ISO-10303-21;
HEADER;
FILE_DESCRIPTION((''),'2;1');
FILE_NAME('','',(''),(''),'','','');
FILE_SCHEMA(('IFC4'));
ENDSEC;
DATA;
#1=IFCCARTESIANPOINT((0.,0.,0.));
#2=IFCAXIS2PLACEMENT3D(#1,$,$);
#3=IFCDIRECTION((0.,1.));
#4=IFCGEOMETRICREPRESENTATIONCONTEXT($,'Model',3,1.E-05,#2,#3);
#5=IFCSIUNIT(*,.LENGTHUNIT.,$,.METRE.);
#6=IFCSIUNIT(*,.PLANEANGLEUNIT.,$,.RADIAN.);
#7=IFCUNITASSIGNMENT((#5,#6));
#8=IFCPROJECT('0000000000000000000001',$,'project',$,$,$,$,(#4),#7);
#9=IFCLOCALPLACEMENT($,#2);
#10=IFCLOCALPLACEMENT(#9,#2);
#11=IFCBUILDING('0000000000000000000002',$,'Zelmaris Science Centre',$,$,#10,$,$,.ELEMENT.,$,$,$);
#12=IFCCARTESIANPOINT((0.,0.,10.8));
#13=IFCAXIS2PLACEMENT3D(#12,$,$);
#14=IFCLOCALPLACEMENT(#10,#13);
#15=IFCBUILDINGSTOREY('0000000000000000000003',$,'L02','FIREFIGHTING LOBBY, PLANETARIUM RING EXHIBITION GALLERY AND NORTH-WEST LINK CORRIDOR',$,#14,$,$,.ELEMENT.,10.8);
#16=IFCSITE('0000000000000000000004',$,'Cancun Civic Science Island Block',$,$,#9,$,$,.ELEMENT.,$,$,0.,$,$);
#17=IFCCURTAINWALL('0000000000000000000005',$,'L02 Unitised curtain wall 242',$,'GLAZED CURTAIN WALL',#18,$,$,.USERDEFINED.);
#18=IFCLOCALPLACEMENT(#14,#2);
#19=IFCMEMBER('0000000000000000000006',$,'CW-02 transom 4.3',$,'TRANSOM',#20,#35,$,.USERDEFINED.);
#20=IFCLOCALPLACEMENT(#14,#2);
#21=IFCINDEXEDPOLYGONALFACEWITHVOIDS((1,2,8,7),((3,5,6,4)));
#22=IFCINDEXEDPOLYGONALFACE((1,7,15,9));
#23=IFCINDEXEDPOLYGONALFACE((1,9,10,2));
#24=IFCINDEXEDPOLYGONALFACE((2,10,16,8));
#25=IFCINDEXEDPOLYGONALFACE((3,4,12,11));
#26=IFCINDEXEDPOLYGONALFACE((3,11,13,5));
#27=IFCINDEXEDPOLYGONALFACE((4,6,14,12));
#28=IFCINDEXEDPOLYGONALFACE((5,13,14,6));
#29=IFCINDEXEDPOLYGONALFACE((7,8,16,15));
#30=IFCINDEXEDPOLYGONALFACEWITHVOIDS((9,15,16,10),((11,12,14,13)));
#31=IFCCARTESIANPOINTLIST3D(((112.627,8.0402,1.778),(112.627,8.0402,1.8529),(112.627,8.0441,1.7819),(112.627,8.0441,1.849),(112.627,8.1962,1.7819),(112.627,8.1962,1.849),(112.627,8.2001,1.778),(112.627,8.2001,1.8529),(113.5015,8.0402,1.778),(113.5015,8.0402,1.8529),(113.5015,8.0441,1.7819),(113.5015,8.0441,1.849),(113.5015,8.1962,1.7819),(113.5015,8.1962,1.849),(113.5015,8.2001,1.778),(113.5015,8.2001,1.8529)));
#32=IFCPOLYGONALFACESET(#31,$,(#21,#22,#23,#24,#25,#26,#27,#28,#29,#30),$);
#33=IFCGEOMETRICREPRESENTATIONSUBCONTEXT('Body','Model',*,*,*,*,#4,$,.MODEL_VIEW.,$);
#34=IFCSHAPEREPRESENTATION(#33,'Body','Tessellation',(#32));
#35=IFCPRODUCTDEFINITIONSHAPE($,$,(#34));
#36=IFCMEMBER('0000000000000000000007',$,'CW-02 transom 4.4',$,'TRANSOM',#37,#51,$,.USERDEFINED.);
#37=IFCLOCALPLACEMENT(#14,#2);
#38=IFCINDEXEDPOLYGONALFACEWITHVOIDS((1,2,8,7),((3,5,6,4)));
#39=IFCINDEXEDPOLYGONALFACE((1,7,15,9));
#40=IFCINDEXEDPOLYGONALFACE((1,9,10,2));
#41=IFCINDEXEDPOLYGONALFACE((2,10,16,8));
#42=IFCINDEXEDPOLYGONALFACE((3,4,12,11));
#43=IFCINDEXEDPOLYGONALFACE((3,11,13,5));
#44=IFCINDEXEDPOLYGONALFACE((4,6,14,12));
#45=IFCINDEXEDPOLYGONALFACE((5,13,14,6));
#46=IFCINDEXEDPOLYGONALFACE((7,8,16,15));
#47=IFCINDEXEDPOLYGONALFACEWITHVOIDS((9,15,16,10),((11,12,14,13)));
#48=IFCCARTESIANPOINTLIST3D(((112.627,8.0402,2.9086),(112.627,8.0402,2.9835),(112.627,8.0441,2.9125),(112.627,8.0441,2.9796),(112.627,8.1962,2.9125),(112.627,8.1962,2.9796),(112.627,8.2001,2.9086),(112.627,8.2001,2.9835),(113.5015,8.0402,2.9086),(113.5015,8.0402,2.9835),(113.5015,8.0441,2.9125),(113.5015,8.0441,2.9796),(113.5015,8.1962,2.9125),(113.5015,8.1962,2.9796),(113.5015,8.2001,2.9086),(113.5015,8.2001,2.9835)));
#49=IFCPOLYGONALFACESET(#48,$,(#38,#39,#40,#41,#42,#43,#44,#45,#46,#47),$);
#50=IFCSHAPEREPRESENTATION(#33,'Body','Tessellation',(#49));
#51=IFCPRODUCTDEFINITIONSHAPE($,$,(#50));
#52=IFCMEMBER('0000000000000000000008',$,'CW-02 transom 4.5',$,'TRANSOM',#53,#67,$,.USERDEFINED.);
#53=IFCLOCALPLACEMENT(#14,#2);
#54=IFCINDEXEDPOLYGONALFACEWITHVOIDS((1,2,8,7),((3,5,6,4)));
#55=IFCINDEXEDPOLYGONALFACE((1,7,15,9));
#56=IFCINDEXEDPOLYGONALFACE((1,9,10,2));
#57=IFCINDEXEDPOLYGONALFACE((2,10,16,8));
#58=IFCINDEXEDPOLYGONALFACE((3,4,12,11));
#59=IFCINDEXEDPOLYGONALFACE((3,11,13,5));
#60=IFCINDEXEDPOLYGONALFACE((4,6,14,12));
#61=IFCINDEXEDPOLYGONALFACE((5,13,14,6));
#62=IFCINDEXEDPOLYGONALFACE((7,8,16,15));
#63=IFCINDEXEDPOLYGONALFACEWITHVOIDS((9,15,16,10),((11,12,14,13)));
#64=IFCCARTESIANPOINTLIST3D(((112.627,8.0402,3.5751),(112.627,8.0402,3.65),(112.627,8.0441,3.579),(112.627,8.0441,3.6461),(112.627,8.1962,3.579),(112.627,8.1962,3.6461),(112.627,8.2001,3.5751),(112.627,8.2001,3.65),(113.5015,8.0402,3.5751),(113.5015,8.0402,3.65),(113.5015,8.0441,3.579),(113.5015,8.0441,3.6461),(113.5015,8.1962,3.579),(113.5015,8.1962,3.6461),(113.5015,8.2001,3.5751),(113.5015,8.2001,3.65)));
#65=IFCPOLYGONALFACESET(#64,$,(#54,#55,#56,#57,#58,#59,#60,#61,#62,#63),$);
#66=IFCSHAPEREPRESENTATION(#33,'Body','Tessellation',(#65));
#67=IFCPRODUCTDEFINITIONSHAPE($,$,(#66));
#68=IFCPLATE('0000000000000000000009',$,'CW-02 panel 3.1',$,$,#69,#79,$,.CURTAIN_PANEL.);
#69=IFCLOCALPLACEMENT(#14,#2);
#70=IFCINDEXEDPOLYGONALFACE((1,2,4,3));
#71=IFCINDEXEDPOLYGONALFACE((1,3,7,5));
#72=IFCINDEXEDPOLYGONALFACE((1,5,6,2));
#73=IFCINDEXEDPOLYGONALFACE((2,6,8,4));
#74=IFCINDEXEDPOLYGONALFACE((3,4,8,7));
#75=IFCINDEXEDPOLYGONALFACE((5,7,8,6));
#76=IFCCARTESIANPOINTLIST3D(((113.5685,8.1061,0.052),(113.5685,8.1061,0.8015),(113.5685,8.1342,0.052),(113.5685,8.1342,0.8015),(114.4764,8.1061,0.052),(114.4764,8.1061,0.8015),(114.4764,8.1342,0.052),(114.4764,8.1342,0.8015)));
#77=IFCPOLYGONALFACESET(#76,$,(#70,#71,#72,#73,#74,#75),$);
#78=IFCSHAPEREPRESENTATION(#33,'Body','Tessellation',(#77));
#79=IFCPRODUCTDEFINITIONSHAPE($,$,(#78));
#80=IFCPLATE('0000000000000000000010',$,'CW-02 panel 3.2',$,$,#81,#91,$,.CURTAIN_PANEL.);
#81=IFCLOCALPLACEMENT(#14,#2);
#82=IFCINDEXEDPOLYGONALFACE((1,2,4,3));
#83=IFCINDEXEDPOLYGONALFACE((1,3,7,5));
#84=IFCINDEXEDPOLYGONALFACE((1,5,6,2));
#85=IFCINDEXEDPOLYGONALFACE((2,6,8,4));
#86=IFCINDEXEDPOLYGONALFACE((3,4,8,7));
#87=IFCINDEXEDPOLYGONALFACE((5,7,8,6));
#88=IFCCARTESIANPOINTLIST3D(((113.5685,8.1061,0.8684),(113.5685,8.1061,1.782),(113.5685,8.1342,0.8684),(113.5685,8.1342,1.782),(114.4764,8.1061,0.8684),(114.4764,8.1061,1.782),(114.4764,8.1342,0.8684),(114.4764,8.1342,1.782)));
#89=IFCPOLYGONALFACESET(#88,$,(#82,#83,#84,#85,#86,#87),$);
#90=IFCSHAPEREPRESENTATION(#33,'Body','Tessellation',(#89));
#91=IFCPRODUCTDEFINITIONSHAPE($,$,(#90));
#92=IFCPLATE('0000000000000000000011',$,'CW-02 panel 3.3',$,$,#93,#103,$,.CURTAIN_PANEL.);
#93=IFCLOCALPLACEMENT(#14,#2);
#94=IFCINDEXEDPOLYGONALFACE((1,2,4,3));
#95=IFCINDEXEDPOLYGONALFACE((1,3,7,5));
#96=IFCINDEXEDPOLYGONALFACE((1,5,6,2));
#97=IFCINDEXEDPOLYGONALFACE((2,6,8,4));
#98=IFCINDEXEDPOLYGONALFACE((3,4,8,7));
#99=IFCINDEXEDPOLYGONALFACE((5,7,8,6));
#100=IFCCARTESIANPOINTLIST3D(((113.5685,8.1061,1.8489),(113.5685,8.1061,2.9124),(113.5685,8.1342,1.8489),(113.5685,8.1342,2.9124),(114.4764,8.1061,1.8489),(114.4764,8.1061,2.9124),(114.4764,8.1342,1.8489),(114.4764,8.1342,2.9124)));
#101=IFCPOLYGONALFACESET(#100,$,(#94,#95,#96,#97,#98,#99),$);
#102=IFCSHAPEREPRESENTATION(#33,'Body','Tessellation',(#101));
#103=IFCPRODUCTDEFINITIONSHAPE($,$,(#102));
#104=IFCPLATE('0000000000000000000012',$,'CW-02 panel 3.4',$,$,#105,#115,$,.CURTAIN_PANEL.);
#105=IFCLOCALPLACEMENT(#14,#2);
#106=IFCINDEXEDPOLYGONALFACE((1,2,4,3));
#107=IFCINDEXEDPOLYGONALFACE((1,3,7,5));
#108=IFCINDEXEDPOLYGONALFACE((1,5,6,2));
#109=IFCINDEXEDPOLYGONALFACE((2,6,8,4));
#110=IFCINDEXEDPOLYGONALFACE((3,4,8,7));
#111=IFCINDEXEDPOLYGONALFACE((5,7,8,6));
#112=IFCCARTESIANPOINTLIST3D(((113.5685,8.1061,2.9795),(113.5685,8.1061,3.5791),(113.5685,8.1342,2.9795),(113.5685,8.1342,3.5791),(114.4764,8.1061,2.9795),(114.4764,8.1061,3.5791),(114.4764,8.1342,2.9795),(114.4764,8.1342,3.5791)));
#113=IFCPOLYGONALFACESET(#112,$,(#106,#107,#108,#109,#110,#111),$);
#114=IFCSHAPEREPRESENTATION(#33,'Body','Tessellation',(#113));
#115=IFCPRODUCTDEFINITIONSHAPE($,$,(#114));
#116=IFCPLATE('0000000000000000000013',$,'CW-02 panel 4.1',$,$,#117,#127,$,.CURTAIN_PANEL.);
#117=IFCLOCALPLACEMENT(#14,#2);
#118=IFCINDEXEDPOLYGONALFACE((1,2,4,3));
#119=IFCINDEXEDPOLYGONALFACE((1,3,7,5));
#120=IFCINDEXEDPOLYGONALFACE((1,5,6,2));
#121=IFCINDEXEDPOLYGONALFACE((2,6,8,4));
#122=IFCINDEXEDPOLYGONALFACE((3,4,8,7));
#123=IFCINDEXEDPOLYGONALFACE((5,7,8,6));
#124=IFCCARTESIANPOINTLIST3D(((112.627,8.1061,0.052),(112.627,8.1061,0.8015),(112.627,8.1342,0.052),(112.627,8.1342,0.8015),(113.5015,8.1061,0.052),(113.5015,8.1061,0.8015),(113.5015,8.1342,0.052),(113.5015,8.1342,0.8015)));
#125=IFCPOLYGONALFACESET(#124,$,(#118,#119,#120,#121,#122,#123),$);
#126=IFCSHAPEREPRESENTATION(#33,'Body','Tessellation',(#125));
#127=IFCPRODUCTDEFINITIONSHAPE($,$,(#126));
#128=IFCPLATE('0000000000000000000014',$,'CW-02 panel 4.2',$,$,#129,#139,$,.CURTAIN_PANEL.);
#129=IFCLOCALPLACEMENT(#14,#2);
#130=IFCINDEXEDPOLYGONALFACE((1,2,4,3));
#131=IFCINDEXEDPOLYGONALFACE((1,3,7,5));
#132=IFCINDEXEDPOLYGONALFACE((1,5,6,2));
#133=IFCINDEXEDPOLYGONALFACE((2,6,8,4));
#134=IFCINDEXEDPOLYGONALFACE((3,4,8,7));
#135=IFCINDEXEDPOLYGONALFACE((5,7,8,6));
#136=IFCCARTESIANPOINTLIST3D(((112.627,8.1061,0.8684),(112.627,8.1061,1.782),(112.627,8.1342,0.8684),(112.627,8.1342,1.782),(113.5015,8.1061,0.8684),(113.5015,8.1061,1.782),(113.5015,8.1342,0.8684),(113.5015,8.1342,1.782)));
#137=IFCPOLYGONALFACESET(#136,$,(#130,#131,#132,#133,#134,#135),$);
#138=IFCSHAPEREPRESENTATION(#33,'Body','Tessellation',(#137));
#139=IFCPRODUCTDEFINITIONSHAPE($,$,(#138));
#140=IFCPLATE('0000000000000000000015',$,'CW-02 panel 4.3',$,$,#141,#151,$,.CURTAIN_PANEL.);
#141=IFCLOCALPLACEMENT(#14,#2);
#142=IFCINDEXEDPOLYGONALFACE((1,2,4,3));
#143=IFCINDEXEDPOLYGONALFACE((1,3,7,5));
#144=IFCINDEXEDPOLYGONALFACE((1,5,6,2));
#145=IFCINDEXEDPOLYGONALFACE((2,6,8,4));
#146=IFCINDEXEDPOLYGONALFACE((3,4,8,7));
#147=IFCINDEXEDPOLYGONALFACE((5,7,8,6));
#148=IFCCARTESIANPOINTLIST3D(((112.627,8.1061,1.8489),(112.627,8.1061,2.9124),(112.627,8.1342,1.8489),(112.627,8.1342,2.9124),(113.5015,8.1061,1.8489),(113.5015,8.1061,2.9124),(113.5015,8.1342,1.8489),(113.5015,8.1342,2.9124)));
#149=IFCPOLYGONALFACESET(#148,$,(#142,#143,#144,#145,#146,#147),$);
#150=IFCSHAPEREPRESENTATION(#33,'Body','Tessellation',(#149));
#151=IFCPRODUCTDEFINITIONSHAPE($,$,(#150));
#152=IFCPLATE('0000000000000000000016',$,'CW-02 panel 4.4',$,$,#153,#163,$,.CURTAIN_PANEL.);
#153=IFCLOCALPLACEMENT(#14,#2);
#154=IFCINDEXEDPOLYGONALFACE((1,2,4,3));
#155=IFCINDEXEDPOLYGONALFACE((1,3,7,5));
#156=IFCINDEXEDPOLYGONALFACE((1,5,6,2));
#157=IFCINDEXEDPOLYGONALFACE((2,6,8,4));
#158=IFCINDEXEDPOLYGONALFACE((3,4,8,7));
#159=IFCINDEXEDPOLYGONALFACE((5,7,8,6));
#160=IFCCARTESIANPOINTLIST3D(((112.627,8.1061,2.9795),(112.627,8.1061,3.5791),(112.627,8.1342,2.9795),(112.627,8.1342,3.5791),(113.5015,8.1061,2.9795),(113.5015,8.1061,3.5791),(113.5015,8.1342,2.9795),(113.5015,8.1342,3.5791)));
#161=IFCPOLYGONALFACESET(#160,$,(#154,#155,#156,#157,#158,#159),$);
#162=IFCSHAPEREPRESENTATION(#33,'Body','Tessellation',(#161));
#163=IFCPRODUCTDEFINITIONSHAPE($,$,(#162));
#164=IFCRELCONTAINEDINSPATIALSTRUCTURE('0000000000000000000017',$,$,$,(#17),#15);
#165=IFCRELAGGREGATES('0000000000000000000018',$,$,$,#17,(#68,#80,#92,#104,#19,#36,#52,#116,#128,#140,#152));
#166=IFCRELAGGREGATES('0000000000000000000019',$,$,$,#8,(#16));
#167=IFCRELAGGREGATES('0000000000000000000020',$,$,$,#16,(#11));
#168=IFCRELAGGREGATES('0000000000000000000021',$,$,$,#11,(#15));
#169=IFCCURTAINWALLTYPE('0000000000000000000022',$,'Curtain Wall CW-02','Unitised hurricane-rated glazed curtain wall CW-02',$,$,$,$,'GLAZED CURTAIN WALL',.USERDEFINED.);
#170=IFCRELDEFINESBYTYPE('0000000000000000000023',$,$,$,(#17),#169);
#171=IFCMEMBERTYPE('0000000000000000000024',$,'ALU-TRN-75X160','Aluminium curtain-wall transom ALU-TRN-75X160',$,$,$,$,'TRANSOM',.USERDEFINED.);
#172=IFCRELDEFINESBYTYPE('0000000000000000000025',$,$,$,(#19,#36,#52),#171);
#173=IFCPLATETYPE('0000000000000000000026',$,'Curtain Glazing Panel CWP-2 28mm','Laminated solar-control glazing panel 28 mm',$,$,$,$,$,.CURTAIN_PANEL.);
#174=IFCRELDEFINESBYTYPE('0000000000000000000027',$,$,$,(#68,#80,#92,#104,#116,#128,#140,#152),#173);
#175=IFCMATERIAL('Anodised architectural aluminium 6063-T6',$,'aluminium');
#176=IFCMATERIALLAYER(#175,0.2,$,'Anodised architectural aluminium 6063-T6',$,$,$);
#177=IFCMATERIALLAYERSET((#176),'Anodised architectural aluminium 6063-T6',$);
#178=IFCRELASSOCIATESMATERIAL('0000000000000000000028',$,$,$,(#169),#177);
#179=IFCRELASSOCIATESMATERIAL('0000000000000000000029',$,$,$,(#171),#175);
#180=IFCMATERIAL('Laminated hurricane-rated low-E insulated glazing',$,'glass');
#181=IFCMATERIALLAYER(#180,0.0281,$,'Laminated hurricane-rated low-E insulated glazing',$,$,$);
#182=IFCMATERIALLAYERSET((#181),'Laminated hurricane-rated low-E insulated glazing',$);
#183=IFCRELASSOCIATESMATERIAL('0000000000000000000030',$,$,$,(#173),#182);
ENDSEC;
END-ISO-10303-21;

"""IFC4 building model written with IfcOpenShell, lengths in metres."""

from ifc_helpers import new_model, si_unit, direction, frame, origin, origin_2d, place, context, subcontext, project, spatial, rectangle, hollow_rectangle, extrude, material, layer, layer_set, material_profile, profile_set, type_object, element, aggregate, save


model = new_model("IFC4")

# Units and contexts
model_context = context("Model", 3, precision=1e-05, world=origin(), true_north=direction((0.0, 1.0)))
body_context = subcontext(model_context, "Body", "Model", "MODEL_VIEW")
ifc_project = project(units=[si_unit("LENGTHUNIT", "METRE"), si_unit("PLANEANGLEUNIT", "RADIAN")], contexts=[model_context])

# Site, building, storey
site_placement = place(None, origin())
site = spatial("IfcSite", under=ifc_project, at=site_placement, Name="Cancun Civic Science Island Block", CompositionType="ELEMENT", RefElevation=0.0)
building_placement = place(site_placement, origin())
building = spatial("IfcBuilding", under=site, at=building_placement, Name="Zelmaris Science Centre", CompositionType="ELEMENT")
storey_placement = place(building_placement, frame((0.0, 0.0, 10.8)))
storey = spatial("IfcBuildingStorey", under=building, at=storey_placement, Name="L02", Description="FIREFIGHTING LOBBY, PLANETARIUM RING EXHIBITION GALLERY AND NORTH-WEST LINK CORRIDOR", CompositionType="ELEMENT", Elevation=10.8)

# Curtain wall
ifc_material_1 = material(Name="Anodised architectural aluminium 6063-T6", Category="aluminium")
ifc_layer_1 = layer(ifc_material_1, 0.2, Name="Anodised architectural aluminium 6063-T6")
ifc_layer_set_1 = layer_set([ifc_layer_1], Name="Anodised architectural aluminium 6063-T6")
curtain_wall_type_1 = type_object("IfcCurtainWallType", Name="Curtain Wall CW-02", Description="Unitised hurricane-rated glazed curtain wall CW-02", ElementType="GLAZED CURTAIN WALL", PredefinedType="USERDEFINED", material=ifc_layer_set_1)
curtain_wall_1_placement = place(storey_placement, origin())
curtain_wall_1 = element("IfcCurtainWall", 1, at=curtain_wall_1_placement, inside=storey, type_object=curtain_wall_type_1, Name="L02 Unitised curtain wall 242", ObjectType="GLAZED CURTAIN WALL", PredefinedType="USERDEFINED")

# Members
ifc_material_profile_1 = material_profile(ifc_material_1, hollow_rectangle(XDim=0.075, YDim=0.1599, WallThickness=0.0039, at=origin_2d()), Name="ALU-TRN-75X160")
ifc_profile_set_1 = profile_set([ifc_material_profile_1], Name="Anodised architectural aluminium 6063-T6")
member_type_1 = type_object("IfcMemberType", Name="ALU-TRN-75X160", Description="Aluminium curtain-wall transom ALU-TRN-75X160", ElementType="TRANSOM", PredefinedType="USERDEFINED", material=ifc_profile_set_1)
member_1_placement = place(storey_placement, frame((113.5015, 8.1201, 1.8154), z_axis=(-1.0, 0.0, 0.0), x_axis=(0.0, 0.0, 1.0)))
member_1 = element("IfcMember", 2, at=member_1_placement, type_object=member_type_1, Name="CW-02 transom 4.3", ObjectType="TRANSOM", PredefinedType="USERDEFINED", context=body_context, shape_type="SweptSolid", body=[
    extrude(hollow_rectangle(XDim=0.075, YDim=0.1599, WallThickness=0.0039, at=origin_2d()), origin(), (0.0, 0.0, 1.0), 0.8745),
])
member_2_placement = place(storey_placement, frame((113.5015, 8.1201, 2.946), z_axis=(-1.0, 0.0, 0.0), x_axis=(0.0, 0.0, 1.0)))
member_2 = element("IfcMember", 3, at=member_2_placement, type_object=member_type_1, Name="CW-02 transom 4.4", ObjectType="TRANSOM", PredefinedType="USERDEFINED", context=body_context, shape_type="SweptSolid", body=[
    extrude(hollow_rectangle(XDim=0.075, YDim=0.1599, WallThickness=0.0039, at=origin_2d()), origin(), (0.0, 0.0, 1.0), 0.8745),
])
member_3_placement = place(storey_placement, frame((113.5015, 8.1201, 3.6125), z_axis=(-1.0, 0.0, 0.0), x_axis=(0.0, 0.0, 1.0)))
member_3 = element("IfcMember", 4, at=member_3_placement, type_object=member_type_1, Name="CW-02 transom 4.5", ObjectType="TRANSOM", PredefinedType="USERDEFINED", context=body_context, shape_type="SweptSolid", body=[
    extrude(hollow_rectangle(XDim=0.075, YDim=0.1599, WallThickness=0.0039, at=origin_2d()), origin(), (0.0, 0.0, 1.0), 0.8745),
])

# Plates
ifc_material_2 = material(Name="Laminated hurricane-rated low-E insulated glazing", Category="glass")
ifc_layer_2 = layer(ifc_material_2, 0.0281, Name="Laminated hurricane-rated low-E insulated glazing")
ifc_layer_set_2 = layer_set([ifc_layer_2], Name="Laminated hurricane-rated low-E insulated glazing")
plate_type = type_object("IfcPlateType", Name="Curtain Glazing Panel CWP-2 28mm", Description="Laminated solar-control glazing panel 28 mm", PredefinedType="CURTAIN_PANEL", material=ifc_layer_set_2)
plate_1_placement = place(storey_placement, frame((114.0225, 8.1201, 0.052), z_axis=(0.0, 0.0, 1.0), x_axis=(-1.0, 0.0, 0.0)))
plate_1 = element("IfcPlate", 5, at=plate_1_placement, type_object=plate_type, Name="CW-02 panel 3.1", PredefinedType="CURTAIN_PANEL", context=body_context, shape_type="SweptSolid", body=[
    extrude(rectangle(XDim=0.908, YDim=0.0281, at=origin_2d()), origin(), (0.0, 0.0, 1.0), 0.7495),
])
plate_2_placement = place(storey_placement, frame((114.0225, 8.1201, 0.8684), z_axis=(0.0, 0.0, 1.0), x_axis=(-1.0, 0.0, 0.0)))
plate_2 = element("IfcPlate", 6, at=plate_2_placement, type_object=plate_type, Name="CW-02 panel 3.2", PredefinedType="CURTAIN_PANEL", context=body_context, shape_type="SweptSolid", body=[
    extrude(rectangle(XDim=0.908, YDim=0.0281, at=origin_2d()), origin(), (0.0, 0.0, 1.0), 0.9136),
])
plate_3_placement = place(storey_placement, frame((114.0225, 8.1201, 1.8489), z_axis=(0.0, 0.0, 1.0), x_axis=(-1.0, 0.0, 0.0)))
plate_3 = element("IfcPlate", 7, at=plate_3_placement, type_object=plate_type, Name="CW-02 panel 3.3", PredefinedType="CURTAIN_PANEL", context=body_context, shape_type="SweptSolid", body=[
    extrude(rectangle(XDim=0.908, YDim=0.0281, at=origin_2d()), origin(), (0.0, 0.0, 1.0), 1.0635),
])
plate_4_placement = place(storey_placement, frame((114.0225, 8.1201, 2.9795), z_axis=(0.0, 0.0, 1.0), x_axis=(-1.0, 0.0, 0.0)))
plate_4 = element("IfcPlate", 8, at=plate_4_placement, type_object=plate_type, Name="CW-02 panel 3.4", PredefinedType="CURTAIN_PANEL", context=body_context, shape_type="SweptSolid", body=[
    extrude(rectangle(XDim=0.908, YDim=0.0281, at=origin_2d()), origin(), (0.0, 0.0, 1.0), 0.5996),
])
plate_5_placement = place(storey_placement, frame((113.0642, 8.1201, 0.052), z_axis=(0.0, 0.0, 1.0), x_axis=(-1.0, 0.0, 0.0)))
plate_5 = element("IfcPlate", 9, at=plate_5_placement, type_object=plate_type, Name="CW-02 panel 4.1", PredefinedType="CURTAIN_PANEL", context=body_context, shape_type="SweptSolid", body=[
    extrude(rectangle(XDim=0.8745, YDim=0.0281, at=origin_2d()), origin(), (0.0, 0.0, 1.0), 0.7495),
])
plate_6_placement = place(storey_placement, frame((113.0642, 8.1201, 0.8684), z_axis=(0.0, 0.0, 1.0), x_axis=(-1.0, 0.0, 0.0)))
plate_6 = element("IfcPlate", 10, at=plate_6_placement, type_object=plate_type, Name="CW-02 panel 4.2", PredefinedType="CURTAIN_PANEL", context=body_context, shape_type="SweptSolid", body=[
    extrude(rectangle(XDim=0.8745, YDim=0.0281, at=origin_2d()), origin(), (0.0, 0.0, 1.0), 0.9136),
])
plate_7_placement = place(storey_placement, frame((113.0642, 8.1201, 1.8489), z_axis=(0.0, 0.0, 1.0), x_axis=(-1.0, 0.0, 0.0)))
plate_7 = element("IfcPlate", 11, at=plate_7_placement, type_object=plate_type, Name="CW-02 panel 4.3", PredefinedType="CURTAIN_PANEL", context=body_context, shape_type="SweptSolid", body=[
    extrude(rectangle(XDim=0.8745, YDim=0.0281, at=origin_2d()), origin(), (0.0, 0.0, 1.0), 1.0635),
])
plate_8_placement = place(storey_placement, frame((113.0642, 8.1201, 2.9795), z_axis=(0.0, 0.0, 1.0), x_axis=(-1.0, 0.0, 0.0)))
plate_8 = element("IfcPlate", 12, at=plate_8_placement, type_object=plate_type, Name="CW-02 panel 4.4", PredefinedType="CURTAIN_PANEL", context=body_context, shape_type="SweptSolid", body=[
    extrude(rectangle(XDim=0.8745, YDim=0.0281, at=origin_2d()), origin(), (0.0, 0.0, 1.0), 0.5996),
])
aggregate(curtain_wall_1, [plate_1, plate_2, plate_3, plate_4, member_1, member_2, member_3, plate_5, plate_6, plate_7, plate_8])

save(model, "model.ifc")
